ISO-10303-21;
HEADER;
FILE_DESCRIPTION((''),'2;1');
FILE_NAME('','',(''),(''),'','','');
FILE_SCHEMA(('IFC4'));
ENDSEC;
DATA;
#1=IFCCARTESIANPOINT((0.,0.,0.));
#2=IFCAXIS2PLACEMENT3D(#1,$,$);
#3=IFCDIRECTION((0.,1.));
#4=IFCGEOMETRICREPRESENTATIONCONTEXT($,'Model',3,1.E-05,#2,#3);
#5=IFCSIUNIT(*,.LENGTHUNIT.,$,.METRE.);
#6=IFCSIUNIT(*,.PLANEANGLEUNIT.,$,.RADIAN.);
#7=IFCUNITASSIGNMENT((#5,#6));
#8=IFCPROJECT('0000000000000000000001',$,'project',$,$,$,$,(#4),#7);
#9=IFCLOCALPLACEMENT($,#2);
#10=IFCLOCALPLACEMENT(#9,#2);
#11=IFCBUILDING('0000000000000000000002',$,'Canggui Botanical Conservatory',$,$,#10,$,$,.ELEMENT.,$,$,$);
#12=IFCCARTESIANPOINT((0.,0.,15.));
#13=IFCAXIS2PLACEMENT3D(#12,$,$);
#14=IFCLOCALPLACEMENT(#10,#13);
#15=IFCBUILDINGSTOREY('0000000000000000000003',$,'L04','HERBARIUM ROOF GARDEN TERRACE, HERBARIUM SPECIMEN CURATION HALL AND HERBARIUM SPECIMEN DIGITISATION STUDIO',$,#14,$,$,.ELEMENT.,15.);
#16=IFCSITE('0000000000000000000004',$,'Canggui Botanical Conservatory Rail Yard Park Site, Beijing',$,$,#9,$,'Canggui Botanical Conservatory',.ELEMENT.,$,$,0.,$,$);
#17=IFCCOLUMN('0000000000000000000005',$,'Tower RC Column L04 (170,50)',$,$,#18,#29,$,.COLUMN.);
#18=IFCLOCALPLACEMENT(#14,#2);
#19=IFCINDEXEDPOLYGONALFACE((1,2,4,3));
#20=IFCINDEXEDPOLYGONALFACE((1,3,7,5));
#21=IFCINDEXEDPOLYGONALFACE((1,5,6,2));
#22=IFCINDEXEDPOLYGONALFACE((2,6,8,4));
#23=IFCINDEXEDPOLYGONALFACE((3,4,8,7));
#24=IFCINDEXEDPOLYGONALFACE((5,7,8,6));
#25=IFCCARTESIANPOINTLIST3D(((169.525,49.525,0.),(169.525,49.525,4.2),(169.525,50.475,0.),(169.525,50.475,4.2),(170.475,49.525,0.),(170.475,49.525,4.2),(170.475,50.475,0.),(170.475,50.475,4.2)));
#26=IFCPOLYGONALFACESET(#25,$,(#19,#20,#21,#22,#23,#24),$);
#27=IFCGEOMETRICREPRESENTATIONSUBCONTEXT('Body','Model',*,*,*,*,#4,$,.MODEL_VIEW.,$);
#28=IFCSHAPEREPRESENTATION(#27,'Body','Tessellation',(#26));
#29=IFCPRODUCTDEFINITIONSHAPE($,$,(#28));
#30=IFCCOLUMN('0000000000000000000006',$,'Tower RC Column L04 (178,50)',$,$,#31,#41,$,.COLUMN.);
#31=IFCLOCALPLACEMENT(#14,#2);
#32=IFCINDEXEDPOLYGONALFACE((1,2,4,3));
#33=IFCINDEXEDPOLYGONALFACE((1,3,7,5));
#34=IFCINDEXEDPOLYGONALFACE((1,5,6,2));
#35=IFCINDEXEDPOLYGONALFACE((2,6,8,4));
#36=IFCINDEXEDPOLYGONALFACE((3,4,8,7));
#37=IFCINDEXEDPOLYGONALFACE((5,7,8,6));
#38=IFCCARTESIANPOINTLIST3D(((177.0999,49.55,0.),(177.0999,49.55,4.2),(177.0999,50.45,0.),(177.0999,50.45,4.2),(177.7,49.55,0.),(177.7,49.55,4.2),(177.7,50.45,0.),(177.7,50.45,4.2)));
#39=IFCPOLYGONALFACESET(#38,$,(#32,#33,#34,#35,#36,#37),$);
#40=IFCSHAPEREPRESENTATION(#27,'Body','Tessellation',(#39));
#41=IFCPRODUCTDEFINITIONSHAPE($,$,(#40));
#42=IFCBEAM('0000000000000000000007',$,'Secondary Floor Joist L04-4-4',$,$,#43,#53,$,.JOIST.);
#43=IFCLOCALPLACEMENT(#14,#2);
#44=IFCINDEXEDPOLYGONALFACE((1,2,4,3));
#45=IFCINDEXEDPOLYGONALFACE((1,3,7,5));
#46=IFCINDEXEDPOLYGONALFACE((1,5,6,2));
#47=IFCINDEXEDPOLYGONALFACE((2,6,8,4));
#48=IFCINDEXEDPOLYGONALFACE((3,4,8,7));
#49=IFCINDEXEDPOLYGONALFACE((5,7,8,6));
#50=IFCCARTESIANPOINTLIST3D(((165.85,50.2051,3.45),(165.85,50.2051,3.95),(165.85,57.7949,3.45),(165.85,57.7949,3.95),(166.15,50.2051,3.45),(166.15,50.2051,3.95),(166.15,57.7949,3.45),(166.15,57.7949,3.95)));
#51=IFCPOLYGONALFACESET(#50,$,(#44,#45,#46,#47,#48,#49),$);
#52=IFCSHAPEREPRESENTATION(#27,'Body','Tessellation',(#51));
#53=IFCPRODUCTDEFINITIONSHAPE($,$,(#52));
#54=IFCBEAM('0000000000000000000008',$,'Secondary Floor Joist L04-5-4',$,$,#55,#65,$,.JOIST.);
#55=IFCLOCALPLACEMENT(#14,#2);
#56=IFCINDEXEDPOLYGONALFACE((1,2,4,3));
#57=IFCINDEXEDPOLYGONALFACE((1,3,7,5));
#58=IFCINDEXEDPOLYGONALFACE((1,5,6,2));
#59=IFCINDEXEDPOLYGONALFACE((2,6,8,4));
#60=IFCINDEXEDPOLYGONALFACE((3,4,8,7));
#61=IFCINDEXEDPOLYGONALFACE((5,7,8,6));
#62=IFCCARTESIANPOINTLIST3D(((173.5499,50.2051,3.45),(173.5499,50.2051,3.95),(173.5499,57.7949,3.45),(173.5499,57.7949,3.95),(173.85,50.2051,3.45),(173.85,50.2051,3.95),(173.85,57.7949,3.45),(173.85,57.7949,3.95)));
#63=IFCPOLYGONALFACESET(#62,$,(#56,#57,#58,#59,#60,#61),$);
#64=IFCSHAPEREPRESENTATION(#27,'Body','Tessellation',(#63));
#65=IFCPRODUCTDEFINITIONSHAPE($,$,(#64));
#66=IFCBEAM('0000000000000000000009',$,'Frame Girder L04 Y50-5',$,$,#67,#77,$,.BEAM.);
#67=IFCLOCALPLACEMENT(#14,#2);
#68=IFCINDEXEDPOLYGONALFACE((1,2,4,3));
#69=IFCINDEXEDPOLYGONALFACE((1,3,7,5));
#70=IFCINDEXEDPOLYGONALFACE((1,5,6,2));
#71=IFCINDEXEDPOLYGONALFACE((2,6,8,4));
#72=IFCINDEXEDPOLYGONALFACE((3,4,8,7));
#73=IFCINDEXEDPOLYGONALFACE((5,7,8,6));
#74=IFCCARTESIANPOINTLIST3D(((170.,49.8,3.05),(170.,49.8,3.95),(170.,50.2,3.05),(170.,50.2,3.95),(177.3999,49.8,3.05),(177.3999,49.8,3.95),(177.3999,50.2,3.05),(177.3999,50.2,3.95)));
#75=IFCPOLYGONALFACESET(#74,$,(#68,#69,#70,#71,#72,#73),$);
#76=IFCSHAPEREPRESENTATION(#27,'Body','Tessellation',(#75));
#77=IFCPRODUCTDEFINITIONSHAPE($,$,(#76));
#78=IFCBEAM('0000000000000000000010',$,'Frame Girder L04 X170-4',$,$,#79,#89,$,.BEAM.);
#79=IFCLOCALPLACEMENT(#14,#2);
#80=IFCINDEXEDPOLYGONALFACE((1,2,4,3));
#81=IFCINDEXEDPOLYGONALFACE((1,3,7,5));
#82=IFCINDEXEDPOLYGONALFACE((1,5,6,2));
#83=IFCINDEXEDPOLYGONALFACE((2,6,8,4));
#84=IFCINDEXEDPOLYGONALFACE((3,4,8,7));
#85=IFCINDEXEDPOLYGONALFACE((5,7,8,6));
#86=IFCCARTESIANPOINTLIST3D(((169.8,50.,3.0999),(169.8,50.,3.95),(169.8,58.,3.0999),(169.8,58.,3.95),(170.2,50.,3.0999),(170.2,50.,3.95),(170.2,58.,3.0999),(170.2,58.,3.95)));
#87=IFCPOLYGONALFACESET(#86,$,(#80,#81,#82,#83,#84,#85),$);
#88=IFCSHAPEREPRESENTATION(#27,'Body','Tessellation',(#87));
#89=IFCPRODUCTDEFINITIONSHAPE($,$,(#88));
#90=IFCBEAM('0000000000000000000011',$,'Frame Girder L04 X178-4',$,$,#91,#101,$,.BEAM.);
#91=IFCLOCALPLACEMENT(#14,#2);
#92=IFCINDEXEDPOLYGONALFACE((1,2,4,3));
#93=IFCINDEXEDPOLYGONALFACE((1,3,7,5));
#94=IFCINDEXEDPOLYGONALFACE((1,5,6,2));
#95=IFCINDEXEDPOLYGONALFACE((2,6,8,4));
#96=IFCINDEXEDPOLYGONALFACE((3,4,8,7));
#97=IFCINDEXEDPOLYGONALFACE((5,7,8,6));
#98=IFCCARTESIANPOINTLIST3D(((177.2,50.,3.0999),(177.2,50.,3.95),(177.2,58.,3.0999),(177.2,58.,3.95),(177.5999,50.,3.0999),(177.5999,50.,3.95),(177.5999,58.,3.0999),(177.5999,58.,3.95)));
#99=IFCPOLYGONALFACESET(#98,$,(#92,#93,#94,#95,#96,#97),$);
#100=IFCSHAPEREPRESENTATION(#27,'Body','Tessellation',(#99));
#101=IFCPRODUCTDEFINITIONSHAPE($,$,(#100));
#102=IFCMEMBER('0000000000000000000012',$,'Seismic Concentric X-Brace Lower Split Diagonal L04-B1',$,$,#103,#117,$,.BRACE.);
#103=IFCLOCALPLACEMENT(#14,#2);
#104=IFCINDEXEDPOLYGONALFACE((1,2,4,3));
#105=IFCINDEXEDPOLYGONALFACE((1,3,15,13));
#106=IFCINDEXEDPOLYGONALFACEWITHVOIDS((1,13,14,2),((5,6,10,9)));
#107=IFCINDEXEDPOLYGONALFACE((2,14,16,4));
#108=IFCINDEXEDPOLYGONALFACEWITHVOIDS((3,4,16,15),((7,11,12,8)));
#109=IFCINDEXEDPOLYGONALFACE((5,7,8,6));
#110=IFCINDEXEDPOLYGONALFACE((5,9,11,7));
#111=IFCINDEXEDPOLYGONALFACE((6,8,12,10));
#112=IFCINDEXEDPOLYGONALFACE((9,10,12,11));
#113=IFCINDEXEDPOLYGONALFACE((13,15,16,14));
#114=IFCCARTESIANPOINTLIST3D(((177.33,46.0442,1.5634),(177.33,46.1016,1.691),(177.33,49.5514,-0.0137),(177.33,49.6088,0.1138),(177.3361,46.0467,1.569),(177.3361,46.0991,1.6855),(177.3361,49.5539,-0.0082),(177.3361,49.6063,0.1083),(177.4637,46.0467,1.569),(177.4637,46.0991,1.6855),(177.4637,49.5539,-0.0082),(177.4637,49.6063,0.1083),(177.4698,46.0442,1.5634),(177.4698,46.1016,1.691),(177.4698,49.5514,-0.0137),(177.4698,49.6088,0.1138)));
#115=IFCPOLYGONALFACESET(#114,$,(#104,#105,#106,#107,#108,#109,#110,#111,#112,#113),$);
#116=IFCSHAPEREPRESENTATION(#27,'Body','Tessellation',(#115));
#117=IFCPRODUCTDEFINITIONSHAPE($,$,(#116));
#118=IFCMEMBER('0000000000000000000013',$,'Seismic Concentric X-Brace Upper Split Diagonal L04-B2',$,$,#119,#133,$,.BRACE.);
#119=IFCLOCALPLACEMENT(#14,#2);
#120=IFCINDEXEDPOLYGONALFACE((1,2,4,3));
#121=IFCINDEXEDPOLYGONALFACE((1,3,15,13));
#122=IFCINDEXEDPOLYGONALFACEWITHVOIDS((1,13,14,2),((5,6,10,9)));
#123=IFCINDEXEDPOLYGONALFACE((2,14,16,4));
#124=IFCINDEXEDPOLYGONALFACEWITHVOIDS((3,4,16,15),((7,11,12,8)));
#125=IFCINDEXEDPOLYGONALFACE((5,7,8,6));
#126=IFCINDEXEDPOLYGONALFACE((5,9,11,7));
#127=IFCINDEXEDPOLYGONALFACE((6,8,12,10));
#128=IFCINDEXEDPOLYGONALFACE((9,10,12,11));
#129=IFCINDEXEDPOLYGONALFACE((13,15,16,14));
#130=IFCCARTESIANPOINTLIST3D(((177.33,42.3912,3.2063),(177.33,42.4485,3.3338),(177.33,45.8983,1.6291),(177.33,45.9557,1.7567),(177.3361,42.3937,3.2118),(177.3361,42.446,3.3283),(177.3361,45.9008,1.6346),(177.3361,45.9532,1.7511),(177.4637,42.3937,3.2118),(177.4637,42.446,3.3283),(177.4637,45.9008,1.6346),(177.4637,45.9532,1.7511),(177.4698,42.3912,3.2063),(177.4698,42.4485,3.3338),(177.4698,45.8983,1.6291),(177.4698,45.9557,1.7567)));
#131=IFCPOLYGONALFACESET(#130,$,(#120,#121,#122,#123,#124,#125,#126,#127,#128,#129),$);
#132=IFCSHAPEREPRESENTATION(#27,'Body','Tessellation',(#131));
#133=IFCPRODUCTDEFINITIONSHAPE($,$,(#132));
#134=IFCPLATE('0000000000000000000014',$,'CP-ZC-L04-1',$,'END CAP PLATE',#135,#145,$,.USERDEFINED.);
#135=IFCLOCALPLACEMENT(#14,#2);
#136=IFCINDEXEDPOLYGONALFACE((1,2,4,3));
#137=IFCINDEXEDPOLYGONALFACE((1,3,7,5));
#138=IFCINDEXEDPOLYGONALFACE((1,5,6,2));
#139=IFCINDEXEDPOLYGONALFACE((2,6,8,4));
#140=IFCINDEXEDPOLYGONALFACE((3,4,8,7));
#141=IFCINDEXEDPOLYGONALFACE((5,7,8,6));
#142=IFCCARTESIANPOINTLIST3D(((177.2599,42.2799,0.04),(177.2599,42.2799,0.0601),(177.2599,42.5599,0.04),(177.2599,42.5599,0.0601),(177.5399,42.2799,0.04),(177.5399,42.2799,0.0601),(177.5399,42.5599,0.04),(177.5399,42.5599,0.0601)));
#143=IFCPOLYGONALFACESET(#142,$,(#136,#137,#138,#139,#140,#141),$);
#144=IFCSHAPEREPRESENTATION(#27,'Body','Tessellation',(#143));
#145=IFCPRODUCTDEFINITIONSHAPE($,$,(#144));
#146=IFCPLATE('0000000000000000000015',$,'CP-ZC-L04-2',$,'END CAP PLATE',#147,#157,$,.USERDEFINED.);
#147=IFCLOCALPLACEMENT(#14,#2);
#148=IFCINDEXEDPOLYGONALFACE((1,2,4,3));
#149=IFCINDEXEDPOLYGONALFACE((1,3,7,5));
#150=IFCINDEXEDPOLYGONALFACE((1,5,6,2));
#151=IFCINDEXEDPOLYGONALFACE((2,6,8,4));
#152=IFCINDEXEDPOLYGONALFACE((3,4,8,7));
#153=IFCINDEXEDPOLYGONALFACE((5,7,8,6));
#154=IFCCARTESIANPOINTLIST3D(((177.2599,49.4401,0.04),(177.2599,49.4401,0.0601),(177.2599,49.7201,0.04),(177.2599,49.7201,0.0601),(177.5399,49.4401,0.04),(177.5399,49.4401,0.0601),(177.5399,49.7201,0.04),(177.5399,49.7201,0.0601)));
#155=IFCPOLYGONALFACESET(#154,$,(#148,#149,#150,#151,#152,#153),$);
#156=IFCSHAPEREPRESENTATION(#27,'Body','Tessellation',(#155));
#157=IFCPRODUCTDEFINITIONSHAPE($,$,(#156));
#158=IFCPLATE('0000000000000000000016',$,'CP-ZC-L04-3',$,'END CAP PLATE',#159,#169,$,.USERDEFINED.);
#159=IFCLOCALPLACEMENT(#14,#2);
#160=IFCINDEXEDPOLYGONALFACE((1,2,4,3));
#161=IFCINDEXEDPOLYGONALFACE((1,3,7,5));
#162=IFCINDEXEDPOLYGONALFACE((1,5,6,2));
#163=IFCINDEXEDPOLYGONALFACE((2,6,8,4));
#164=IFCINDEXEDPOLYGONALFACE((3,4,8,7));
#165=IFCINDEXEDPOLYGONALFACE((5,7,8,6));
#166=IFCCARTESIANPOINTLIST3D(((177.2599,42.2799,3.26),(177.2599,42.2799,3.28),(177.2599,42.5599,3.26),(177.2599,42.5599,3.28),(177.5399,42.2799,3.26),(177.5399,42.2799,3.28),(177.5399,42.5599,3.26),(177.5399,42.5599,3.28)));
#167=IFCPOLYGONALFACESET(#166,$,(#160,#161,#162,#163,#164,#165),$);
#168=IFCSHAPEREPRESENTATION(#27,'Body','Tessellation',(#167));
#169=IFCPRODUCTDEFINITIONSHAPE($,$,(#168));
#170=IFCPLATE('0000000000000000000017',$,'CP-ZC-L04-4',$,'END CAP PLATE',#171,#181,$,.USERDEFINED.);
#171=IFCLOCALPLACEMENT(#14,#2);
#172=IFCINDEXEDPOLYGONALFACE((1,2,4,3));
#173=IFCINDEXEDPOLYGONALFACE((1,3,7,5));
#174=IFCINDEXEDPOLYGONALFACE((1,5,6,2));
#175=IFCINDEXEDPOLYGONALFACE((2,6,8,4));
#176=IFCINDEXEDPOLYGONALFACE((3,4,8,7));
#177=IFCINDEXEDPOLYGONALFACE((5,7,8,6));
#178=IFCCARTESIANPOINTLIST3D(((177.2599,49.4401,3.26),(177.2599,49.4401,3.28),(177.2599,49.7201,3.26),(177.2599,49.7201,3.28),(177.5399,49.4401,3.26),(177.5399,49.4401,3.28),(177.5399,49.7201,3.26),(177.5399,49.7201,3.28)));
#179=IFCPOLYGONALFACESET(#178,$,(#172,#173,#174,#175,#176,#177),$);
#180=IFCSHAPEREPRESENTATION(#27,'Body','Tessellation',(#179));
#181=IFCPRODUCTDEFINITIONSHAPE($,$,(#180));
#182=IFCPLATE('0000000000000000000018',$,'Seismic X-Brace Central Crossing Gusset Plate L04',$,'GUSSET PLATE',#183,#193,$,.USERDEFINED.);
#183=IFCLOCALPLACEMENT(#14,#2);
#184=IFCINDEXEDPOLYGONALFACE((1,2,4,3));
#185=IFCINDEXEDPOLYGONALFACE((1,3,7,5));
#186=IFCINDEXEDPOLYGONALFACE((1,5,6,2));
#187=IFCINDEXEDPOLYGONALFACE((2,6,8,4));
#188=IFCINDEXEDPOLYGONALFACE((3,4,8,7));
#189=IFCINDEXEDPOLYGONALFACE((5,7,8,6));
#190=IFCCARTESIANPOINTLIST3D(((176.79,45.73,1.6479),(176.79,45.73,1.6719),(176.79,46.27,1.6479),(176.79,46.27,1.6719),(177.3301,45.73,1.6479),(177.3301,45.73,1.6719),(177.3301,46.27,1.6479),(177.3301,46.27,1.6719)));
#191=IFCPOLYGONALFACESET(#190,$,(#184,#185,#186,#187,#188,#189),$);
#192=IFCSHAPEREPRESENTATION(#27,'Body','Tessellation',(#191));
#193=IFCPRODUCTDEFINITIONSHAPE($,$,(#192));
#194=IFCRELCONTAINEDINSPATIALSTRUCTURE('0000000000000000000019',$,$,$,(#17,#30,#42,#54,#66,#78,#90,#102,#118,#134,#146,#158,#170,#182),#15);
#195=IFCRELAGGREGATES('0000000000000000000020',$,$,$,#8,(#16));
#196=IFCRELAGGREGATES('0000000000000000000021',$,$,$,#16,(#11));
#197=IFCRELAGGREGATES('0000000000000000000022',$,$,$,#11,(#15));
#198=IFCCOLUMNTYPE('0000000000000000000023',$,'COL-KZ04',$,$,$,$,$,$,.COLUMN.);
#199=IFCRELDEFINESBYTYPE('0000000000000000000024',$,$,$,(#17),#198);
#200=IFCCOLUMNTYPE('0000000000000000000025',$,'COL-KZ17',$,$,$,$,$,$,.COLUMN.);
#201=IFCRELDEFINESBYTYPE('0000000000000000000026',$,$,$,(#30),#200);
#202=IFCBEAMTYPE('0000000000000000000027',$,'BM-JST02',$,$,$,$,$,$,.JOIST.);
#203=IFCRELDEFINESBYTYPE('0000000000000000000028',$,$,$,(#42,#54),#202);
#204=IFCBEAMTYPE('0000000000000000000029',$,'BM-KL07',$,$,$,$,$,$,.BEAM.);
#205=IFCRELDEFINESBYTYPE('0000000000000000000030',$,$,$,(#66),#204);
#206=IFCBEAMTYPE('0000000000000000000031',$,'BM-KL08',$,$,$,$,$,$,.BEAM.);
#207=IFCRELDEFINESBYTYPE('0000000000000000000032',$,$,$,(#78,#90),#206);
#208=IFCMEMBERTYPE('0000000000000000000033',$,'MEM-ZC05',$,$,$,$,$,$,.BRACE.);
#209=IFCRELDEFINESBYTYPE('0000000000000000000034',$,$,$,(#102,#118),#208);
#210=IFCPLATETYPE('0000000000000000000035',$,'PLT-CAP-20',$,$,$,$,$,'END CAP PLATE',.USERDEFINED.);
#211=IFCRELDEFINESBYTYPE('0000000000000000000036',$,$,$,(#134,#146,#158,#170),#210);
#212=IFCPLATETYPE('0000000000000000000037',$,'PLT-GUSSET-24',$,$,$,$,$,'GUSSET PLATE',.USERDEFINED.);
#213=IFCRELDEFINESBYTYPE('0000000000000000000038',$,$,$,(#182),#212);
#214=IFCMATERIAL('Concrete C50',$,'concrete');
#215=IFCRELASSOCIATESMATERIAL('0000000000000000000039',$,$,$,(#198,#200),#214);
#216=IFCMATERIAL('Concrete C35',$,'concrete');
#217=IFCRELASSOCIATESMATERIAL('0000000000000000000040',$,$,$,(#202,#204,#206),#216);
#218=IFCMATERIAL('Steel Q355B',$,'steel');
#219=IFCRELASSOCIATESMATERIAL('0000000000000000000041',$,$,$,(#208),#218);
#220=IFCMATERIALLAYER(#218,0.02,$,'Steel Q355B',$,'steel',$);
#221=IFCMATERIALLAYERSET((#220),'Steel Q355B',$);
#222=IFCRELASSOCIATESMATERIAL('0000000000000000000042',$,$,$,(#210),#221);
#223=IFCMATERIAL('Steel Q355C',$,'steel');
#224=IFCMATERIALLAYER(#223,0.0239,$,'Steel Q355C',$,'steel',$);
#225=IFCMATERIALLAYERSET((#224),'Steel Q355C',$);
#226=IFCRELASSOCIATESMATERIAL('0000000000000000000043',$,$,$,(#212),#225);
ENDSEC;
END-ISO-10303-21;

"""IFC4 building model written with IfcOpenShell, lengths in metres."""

from ifc_helpers import new_model, si_unit, direction, frame, origin, origin_2d, place, context, subcontext, project, spatial, rectangle, hollow_rectangle, extrude, material, layer, layer_set, material_profile, profile_set, type_object, element, save


model = new_model("IFC4")

# Units and contexts
model_context = context("Model", 3, precision=1e-05, world=origin(), true_north=direction((0.0, 1.0)))
body_context = subcontext(model_context, "Body", "Model", "MODEL_VIEW")
ifc_project = project(units=[si_unit("LENGTHUNIT", "METRE"), si_unit("PLANEANGLEUNIT", "RADIAN")], contexts=[model_context])

# Site, building, storey
site_placement = place(None, origin())
site = spatial("IfcSite", under=ifc_project, at=site_placement, Name="Canggui Botanical Conservatory Rail Yard Park Site, Beijing", LongName="Canggui Botanical Conservatory", CompositionType="ELEMENT", RefElevation=0.0)
building_placement = place(site_placement, origin())
building = spatial("IfcBuilding", under=site, at=building_placement, Name="Canggui Botanical Conservatory", CompositionType="ELEMENT")
storey_placement = place(building_placement, frame((0.0, 0.0, 15.0)))
storey = spatial("IfcBuildingStorey", under=building, at=storey_placement, Name="L04", Description="HERBARIUM ROOF GARDEN TERRACE, HERBARIUM SPECIMEN CURATION HALL AND HERBARIUM SPECIMEN DIGITISATION STUDIO", CompositionType="ELEMENT", Elevation=15.0)

# Columns
ifc_material_1 = material(Name="Concrete C50", Category="concrete")
ifc_material_profile_1 = material_profile(ifc_material_1, rectangle(XDim=0.95, YDim=0.95, at=origin_2d()), Name="RC 950x950")
ifc_profile_set_1 = profile_set([ifc_material_profile_1], Name="Concrete C50")
column_type_1 = type_object("IfcColumnType", Name="COL-KZ04", PredefinedType="COLUMN", material=ifc_profile_set_1)
column_1_placement = place(storey_placement, frame((170.0, 50.0, 0.0), z_axis=(0.0, 0.0, 1.0), x_axis=(1.0, 0.0, 0.0)))
element("IfcColumn", 1, at=column_1_placement, inside=storey, type_object=column_type_1, Name="Tower RC Column L04 (170,50)", PredefinedType="COLUMN", context=body_context, shape_type="SweptSolid", body=[
    extrude(rectangle(XDim=0.95, YDim=0.95, at=origin_2d()), origin(), (0.0, 0.0, 1.0), 4.2),
])
ifc_material_profile_2 = material_profile(ifc_material_1, rectangle(XDim=0.6001, YDim=0.8999, at=origin_2d()), Name="RC 600x900")
ifc_profile_set_2 = profile_set([ifc_material_profile_2], Name="Concrete C50")
column_type_2 = type_object("IfcColumnType", Name="COL-KZ17", PredefinedType="COLUMN", material=ifc_profile_set_2)
column_2_placement = place(storey_placement, frame((177.3999, 50.0, 0.0), z_axis=(0.0, 0.0, 1.0), x_axis=(1.0, 0.0, 0.0)))
element("IfcColumn", 2, at=column_2_placement, inside=storey, type_object=column_type_2, Name="Tower RC Column L04 (178,50)", PredefinedType="COLUMN", context=body_context, shape_type="SweptSolid", body=[
    extrude(rectangle(XDim=0.6001, YDim=0.8999, at=origin_2d()), origin(), (0.0, 0.0, 1.0), 4.2),
])

# Beams
ifc_material_2 = material(Name="Concrete C35", Category="concrete")
ifc_material_profile_3 = material_profile(ifc_material_2, rectangle(XDim=0.3, YDim=0.5, at=origin_2d()), Name="RB 300x500")
ifc_profile_set_3 = profile_set([ifc_material_profile_3], Name="Concrete C35")
beam_type_1 = type_object("IfcBeamType", Name="BM-JST02", PredefinedType="JOIST", material=ifc_profile_set_3)
for number, where, z_axis, x_axis, name in (
    (3, (166.0, 50.2051, 3.7), (0.0, 1.0, 0.0), (-1.0, 0.0, 0.0), "Secondary Floor Joist L04-4-4"),
    (4, (173.7, 50.2051, 3.7), (0.0, 1.0, 0.0), (-1.0, 0.0, 0.0), "Secondary Floor Joist L04-5-4"),
):
    element("IfcBeam", number, at=place(storey_placement, frame(where, z_axis=z_axis, x_axis=x_axis)), inside=storey, type_object=beam_type_1, Name=name, PredefinedType="JOIST", context=body_context, shape_type="SweptSolid", body=[
        extrude(rectangle(XDim=0.3, YDim=0.5, at=origin_2d()), origin(), (0.0, 0.0, 1.0), 7.5898),
    ])
ifc_material_profile_4 = material_profile(ifc_material_2, rectangle(XDim=0.3999, YDim=0.8999, at=origin_2d()), Name="RB 400x900")
ifc_profile_set_4 = profile_set([ifc_material_profile_4], Name="Concrete C35")
beam_type_2 = type_object("IfcBeamType", Name="BM-KL07", PredefinedType="BEAM", material=ifc_profile_set_4)
beam_placement = place(storey_placement, frame((170.0, 50.0, 3.5), z_axis=(1.0, 0.0, 0.0), x_axis=(0.0, 1.0, 0.0)))
element("IfcBeam", 5, at=beam_placement, inside=storey, type_object=beam_type_2, Name="Frame Girder L04 Y50-5", PredefinedType="BEAM", context=body_context, shape_type="SweptSolid", body=[
    extrude(rectangle(XDim=0.3999, YDim=0.8999, at=origin_2d()), origin(), (0.0, 0.0, 1.0), 7.3999),
])
ifc_material_profile_5 = material_profile(ifc_material_2, rectangle(XDim=0.3999, YDim=0.8501, at=origin_2d()), Name="RB 400x850")
ifc_profile_set_5 = profile_set([ifc_material_profile_5], Name="Concrete C35")
beam_type_3 = type_object("IfcBeamType", Name="BM-KL08", PredefinedType="BEAM", material=ifc_profile_set_5)
for number, where, z_axis, x_axis, name in (
    (6, (170.0, 50.0, 3.5249), (0.0, 1.0, 0.0), (-1.0, 0.0, 0.0), "Frame Girder L04 X170-4"),
    (7, (177.3999, 50.0, 3.5249), (0.0, 1.0, 0.0), (-1.0, 0.0, 0.0), "Frame Girder L04 X178-4"),
):
    element("IfcBeam", number, at=place(storey_placement, frame(where, z_axis=z_axis, x_axis=x_axis)), inside=storey, type_object=beam_type_3, Name=name, PredefinedType="BEAM", context=body_context, shape_type="SweptSolid", body=[
        extrude(rectangle(XDim=0.3999, YDim=0.8501, at=origin_2d()), origin(), (0.0, 0.0, 1.0), 8.0),
    ])

# Members
ifc_material_3 = material(Name="Steel Q355B", Category="steel")
ifc_material_profile_6 = material_profile(ifc_material_3, hollow_rectangle(XDim=0.1399, YDim=0.1399, WallThickness=0.0061, at=origin_2d()), Name="SHS 140x140x6")
ifc_profile_set_6 = profile_set([ifc_material_profile_6], Name="Steel Q355B")
member_type = type_object("IfcMemberType", Name="MEM-ZC05", PredefinedType="BRACE", material=ifc_profile_set_6)
for number, where, z_axis, x_axis, name in (
    (8, (177.3999, 49.5801, 0.05), (0.0, -0.912022, 0.41014), (1.0, 0.0, 0.0), "Seismic Concentric X-Brace Lower Split Diagonal L04-B1"),
    (9, (177.3999, 45.927, 1.6929), (0.0, -0.912022, 0.41014), (1.0, 0.0, 0.0), "Seismic Concentric X-Brace Upper Split Diagonal L04-B2"),
):
    element("IfcMember", number, at=place(storey_placement, frame(where, z_axis=z_axis, x_axis=x_axis)), inside=storey, type_object=member_type, Name=name, PredefinedType="BRACE", context=body_context, shape_type="SweptSolid", body=[
        extrude(hollow_rectangle(XDim=0.1399, YDim=0.1399, WallThickness=0.0061, at=origin_2d()), origin(), (0.0, 0.0, 1.0), 3.8455),
    ])

# Plates
ifc_layer_1 = layer(ifc_material_3, 0.02, Name="Steel Q355B", Category="steel")
ifc_layer_set_1 = layer_set([ifc_layer_1], Name="Steel Q355B")
plate_type_1 = type_object("IfcPlateType", Name="PLT-CAP-20", ElementType="END CAP PLATE", PredefinedType="USERDEFINED", material=ifc_layer_set_1)
for number, where, z_axis, x_axis, name in (
    (10, (177.3999, 42.4199, 0.04), (0.0, 0.0, 1.0), (1.0, 0.0, 0.0), "CP-ZC-L04-1"),
    (11, (177.3999, 49.5801, 0.04), (0.0, 0.0, 1.0), (1.0, 0.0, 0.0), "CP-ZC-L04-2"),
    (12, (177.3999, 42.4199, 3.26), (0.0, 0.0, 1.0), (1.0, 0.0, 0.0), "CP-ZC-L04-3"),
    (13, (177.3999, 49.5801, 3.26), (0.0, 0.0, 1.0), (1.0, 0.0, 0.0), "CP-ZC-L04-4"),
):
    element("IfcPlate", number, at=place(storey_placement, frame(where, z_axis=z_axis, x_axis=x_axis)), inside=storey, type_object=plate_type_1, Name=name, ObjectType="END CAP PLATE", PredefinedType="USERDEFINED", context=body_context, shape_type="SweptSolid", body=[
        extrude(rectangle(XDim=0.28, YDim=0.28, at=origin_2d()), origin(), (0.0, 0.0, 1.0), 0.02),
    ])
ifc_material_4 = material(Name="Steel Q355C", Category="steel")
ifc_layer_2 = layer(ifc_material_4, 0.0239, Name="Steel Q355C", Category="steel")
ifc_layer_set_2 = layer_set([ifc_layer_2], Name="Steel Q355C")
plate_type_2 = type_object("IfcPlateType", Name="PLT-GUSSET-24", ElementType="GUSSET PLATE", PredefinedType="USERDEFINED", material=ifc_layer_set_2)
plate_placement = place(storey_placement, frame((177.0601, 46.0, 1.6479), z_axis=(0.0, 0.0, 1.0), x_axis=(1.0, 0.0, 0.0)))
element("IfcPlate", 14, at=plate_placement, inside=storey, type_object=plate_type_2, Name="Seismic X-Brace Central Crossing Gusset Plate L04", ObjectType="GUSSET PLATE", PredefinedType="USERDEFINED", context=body_context, shape_type="SweptSolid", body=[
    extrude(rectangle(XDim=0.54, YDim=0.54, at=origin_2d()), origin(), (0.0, 0.0, 1.0), 0.0239),
])

save(model, "model.ifc")
